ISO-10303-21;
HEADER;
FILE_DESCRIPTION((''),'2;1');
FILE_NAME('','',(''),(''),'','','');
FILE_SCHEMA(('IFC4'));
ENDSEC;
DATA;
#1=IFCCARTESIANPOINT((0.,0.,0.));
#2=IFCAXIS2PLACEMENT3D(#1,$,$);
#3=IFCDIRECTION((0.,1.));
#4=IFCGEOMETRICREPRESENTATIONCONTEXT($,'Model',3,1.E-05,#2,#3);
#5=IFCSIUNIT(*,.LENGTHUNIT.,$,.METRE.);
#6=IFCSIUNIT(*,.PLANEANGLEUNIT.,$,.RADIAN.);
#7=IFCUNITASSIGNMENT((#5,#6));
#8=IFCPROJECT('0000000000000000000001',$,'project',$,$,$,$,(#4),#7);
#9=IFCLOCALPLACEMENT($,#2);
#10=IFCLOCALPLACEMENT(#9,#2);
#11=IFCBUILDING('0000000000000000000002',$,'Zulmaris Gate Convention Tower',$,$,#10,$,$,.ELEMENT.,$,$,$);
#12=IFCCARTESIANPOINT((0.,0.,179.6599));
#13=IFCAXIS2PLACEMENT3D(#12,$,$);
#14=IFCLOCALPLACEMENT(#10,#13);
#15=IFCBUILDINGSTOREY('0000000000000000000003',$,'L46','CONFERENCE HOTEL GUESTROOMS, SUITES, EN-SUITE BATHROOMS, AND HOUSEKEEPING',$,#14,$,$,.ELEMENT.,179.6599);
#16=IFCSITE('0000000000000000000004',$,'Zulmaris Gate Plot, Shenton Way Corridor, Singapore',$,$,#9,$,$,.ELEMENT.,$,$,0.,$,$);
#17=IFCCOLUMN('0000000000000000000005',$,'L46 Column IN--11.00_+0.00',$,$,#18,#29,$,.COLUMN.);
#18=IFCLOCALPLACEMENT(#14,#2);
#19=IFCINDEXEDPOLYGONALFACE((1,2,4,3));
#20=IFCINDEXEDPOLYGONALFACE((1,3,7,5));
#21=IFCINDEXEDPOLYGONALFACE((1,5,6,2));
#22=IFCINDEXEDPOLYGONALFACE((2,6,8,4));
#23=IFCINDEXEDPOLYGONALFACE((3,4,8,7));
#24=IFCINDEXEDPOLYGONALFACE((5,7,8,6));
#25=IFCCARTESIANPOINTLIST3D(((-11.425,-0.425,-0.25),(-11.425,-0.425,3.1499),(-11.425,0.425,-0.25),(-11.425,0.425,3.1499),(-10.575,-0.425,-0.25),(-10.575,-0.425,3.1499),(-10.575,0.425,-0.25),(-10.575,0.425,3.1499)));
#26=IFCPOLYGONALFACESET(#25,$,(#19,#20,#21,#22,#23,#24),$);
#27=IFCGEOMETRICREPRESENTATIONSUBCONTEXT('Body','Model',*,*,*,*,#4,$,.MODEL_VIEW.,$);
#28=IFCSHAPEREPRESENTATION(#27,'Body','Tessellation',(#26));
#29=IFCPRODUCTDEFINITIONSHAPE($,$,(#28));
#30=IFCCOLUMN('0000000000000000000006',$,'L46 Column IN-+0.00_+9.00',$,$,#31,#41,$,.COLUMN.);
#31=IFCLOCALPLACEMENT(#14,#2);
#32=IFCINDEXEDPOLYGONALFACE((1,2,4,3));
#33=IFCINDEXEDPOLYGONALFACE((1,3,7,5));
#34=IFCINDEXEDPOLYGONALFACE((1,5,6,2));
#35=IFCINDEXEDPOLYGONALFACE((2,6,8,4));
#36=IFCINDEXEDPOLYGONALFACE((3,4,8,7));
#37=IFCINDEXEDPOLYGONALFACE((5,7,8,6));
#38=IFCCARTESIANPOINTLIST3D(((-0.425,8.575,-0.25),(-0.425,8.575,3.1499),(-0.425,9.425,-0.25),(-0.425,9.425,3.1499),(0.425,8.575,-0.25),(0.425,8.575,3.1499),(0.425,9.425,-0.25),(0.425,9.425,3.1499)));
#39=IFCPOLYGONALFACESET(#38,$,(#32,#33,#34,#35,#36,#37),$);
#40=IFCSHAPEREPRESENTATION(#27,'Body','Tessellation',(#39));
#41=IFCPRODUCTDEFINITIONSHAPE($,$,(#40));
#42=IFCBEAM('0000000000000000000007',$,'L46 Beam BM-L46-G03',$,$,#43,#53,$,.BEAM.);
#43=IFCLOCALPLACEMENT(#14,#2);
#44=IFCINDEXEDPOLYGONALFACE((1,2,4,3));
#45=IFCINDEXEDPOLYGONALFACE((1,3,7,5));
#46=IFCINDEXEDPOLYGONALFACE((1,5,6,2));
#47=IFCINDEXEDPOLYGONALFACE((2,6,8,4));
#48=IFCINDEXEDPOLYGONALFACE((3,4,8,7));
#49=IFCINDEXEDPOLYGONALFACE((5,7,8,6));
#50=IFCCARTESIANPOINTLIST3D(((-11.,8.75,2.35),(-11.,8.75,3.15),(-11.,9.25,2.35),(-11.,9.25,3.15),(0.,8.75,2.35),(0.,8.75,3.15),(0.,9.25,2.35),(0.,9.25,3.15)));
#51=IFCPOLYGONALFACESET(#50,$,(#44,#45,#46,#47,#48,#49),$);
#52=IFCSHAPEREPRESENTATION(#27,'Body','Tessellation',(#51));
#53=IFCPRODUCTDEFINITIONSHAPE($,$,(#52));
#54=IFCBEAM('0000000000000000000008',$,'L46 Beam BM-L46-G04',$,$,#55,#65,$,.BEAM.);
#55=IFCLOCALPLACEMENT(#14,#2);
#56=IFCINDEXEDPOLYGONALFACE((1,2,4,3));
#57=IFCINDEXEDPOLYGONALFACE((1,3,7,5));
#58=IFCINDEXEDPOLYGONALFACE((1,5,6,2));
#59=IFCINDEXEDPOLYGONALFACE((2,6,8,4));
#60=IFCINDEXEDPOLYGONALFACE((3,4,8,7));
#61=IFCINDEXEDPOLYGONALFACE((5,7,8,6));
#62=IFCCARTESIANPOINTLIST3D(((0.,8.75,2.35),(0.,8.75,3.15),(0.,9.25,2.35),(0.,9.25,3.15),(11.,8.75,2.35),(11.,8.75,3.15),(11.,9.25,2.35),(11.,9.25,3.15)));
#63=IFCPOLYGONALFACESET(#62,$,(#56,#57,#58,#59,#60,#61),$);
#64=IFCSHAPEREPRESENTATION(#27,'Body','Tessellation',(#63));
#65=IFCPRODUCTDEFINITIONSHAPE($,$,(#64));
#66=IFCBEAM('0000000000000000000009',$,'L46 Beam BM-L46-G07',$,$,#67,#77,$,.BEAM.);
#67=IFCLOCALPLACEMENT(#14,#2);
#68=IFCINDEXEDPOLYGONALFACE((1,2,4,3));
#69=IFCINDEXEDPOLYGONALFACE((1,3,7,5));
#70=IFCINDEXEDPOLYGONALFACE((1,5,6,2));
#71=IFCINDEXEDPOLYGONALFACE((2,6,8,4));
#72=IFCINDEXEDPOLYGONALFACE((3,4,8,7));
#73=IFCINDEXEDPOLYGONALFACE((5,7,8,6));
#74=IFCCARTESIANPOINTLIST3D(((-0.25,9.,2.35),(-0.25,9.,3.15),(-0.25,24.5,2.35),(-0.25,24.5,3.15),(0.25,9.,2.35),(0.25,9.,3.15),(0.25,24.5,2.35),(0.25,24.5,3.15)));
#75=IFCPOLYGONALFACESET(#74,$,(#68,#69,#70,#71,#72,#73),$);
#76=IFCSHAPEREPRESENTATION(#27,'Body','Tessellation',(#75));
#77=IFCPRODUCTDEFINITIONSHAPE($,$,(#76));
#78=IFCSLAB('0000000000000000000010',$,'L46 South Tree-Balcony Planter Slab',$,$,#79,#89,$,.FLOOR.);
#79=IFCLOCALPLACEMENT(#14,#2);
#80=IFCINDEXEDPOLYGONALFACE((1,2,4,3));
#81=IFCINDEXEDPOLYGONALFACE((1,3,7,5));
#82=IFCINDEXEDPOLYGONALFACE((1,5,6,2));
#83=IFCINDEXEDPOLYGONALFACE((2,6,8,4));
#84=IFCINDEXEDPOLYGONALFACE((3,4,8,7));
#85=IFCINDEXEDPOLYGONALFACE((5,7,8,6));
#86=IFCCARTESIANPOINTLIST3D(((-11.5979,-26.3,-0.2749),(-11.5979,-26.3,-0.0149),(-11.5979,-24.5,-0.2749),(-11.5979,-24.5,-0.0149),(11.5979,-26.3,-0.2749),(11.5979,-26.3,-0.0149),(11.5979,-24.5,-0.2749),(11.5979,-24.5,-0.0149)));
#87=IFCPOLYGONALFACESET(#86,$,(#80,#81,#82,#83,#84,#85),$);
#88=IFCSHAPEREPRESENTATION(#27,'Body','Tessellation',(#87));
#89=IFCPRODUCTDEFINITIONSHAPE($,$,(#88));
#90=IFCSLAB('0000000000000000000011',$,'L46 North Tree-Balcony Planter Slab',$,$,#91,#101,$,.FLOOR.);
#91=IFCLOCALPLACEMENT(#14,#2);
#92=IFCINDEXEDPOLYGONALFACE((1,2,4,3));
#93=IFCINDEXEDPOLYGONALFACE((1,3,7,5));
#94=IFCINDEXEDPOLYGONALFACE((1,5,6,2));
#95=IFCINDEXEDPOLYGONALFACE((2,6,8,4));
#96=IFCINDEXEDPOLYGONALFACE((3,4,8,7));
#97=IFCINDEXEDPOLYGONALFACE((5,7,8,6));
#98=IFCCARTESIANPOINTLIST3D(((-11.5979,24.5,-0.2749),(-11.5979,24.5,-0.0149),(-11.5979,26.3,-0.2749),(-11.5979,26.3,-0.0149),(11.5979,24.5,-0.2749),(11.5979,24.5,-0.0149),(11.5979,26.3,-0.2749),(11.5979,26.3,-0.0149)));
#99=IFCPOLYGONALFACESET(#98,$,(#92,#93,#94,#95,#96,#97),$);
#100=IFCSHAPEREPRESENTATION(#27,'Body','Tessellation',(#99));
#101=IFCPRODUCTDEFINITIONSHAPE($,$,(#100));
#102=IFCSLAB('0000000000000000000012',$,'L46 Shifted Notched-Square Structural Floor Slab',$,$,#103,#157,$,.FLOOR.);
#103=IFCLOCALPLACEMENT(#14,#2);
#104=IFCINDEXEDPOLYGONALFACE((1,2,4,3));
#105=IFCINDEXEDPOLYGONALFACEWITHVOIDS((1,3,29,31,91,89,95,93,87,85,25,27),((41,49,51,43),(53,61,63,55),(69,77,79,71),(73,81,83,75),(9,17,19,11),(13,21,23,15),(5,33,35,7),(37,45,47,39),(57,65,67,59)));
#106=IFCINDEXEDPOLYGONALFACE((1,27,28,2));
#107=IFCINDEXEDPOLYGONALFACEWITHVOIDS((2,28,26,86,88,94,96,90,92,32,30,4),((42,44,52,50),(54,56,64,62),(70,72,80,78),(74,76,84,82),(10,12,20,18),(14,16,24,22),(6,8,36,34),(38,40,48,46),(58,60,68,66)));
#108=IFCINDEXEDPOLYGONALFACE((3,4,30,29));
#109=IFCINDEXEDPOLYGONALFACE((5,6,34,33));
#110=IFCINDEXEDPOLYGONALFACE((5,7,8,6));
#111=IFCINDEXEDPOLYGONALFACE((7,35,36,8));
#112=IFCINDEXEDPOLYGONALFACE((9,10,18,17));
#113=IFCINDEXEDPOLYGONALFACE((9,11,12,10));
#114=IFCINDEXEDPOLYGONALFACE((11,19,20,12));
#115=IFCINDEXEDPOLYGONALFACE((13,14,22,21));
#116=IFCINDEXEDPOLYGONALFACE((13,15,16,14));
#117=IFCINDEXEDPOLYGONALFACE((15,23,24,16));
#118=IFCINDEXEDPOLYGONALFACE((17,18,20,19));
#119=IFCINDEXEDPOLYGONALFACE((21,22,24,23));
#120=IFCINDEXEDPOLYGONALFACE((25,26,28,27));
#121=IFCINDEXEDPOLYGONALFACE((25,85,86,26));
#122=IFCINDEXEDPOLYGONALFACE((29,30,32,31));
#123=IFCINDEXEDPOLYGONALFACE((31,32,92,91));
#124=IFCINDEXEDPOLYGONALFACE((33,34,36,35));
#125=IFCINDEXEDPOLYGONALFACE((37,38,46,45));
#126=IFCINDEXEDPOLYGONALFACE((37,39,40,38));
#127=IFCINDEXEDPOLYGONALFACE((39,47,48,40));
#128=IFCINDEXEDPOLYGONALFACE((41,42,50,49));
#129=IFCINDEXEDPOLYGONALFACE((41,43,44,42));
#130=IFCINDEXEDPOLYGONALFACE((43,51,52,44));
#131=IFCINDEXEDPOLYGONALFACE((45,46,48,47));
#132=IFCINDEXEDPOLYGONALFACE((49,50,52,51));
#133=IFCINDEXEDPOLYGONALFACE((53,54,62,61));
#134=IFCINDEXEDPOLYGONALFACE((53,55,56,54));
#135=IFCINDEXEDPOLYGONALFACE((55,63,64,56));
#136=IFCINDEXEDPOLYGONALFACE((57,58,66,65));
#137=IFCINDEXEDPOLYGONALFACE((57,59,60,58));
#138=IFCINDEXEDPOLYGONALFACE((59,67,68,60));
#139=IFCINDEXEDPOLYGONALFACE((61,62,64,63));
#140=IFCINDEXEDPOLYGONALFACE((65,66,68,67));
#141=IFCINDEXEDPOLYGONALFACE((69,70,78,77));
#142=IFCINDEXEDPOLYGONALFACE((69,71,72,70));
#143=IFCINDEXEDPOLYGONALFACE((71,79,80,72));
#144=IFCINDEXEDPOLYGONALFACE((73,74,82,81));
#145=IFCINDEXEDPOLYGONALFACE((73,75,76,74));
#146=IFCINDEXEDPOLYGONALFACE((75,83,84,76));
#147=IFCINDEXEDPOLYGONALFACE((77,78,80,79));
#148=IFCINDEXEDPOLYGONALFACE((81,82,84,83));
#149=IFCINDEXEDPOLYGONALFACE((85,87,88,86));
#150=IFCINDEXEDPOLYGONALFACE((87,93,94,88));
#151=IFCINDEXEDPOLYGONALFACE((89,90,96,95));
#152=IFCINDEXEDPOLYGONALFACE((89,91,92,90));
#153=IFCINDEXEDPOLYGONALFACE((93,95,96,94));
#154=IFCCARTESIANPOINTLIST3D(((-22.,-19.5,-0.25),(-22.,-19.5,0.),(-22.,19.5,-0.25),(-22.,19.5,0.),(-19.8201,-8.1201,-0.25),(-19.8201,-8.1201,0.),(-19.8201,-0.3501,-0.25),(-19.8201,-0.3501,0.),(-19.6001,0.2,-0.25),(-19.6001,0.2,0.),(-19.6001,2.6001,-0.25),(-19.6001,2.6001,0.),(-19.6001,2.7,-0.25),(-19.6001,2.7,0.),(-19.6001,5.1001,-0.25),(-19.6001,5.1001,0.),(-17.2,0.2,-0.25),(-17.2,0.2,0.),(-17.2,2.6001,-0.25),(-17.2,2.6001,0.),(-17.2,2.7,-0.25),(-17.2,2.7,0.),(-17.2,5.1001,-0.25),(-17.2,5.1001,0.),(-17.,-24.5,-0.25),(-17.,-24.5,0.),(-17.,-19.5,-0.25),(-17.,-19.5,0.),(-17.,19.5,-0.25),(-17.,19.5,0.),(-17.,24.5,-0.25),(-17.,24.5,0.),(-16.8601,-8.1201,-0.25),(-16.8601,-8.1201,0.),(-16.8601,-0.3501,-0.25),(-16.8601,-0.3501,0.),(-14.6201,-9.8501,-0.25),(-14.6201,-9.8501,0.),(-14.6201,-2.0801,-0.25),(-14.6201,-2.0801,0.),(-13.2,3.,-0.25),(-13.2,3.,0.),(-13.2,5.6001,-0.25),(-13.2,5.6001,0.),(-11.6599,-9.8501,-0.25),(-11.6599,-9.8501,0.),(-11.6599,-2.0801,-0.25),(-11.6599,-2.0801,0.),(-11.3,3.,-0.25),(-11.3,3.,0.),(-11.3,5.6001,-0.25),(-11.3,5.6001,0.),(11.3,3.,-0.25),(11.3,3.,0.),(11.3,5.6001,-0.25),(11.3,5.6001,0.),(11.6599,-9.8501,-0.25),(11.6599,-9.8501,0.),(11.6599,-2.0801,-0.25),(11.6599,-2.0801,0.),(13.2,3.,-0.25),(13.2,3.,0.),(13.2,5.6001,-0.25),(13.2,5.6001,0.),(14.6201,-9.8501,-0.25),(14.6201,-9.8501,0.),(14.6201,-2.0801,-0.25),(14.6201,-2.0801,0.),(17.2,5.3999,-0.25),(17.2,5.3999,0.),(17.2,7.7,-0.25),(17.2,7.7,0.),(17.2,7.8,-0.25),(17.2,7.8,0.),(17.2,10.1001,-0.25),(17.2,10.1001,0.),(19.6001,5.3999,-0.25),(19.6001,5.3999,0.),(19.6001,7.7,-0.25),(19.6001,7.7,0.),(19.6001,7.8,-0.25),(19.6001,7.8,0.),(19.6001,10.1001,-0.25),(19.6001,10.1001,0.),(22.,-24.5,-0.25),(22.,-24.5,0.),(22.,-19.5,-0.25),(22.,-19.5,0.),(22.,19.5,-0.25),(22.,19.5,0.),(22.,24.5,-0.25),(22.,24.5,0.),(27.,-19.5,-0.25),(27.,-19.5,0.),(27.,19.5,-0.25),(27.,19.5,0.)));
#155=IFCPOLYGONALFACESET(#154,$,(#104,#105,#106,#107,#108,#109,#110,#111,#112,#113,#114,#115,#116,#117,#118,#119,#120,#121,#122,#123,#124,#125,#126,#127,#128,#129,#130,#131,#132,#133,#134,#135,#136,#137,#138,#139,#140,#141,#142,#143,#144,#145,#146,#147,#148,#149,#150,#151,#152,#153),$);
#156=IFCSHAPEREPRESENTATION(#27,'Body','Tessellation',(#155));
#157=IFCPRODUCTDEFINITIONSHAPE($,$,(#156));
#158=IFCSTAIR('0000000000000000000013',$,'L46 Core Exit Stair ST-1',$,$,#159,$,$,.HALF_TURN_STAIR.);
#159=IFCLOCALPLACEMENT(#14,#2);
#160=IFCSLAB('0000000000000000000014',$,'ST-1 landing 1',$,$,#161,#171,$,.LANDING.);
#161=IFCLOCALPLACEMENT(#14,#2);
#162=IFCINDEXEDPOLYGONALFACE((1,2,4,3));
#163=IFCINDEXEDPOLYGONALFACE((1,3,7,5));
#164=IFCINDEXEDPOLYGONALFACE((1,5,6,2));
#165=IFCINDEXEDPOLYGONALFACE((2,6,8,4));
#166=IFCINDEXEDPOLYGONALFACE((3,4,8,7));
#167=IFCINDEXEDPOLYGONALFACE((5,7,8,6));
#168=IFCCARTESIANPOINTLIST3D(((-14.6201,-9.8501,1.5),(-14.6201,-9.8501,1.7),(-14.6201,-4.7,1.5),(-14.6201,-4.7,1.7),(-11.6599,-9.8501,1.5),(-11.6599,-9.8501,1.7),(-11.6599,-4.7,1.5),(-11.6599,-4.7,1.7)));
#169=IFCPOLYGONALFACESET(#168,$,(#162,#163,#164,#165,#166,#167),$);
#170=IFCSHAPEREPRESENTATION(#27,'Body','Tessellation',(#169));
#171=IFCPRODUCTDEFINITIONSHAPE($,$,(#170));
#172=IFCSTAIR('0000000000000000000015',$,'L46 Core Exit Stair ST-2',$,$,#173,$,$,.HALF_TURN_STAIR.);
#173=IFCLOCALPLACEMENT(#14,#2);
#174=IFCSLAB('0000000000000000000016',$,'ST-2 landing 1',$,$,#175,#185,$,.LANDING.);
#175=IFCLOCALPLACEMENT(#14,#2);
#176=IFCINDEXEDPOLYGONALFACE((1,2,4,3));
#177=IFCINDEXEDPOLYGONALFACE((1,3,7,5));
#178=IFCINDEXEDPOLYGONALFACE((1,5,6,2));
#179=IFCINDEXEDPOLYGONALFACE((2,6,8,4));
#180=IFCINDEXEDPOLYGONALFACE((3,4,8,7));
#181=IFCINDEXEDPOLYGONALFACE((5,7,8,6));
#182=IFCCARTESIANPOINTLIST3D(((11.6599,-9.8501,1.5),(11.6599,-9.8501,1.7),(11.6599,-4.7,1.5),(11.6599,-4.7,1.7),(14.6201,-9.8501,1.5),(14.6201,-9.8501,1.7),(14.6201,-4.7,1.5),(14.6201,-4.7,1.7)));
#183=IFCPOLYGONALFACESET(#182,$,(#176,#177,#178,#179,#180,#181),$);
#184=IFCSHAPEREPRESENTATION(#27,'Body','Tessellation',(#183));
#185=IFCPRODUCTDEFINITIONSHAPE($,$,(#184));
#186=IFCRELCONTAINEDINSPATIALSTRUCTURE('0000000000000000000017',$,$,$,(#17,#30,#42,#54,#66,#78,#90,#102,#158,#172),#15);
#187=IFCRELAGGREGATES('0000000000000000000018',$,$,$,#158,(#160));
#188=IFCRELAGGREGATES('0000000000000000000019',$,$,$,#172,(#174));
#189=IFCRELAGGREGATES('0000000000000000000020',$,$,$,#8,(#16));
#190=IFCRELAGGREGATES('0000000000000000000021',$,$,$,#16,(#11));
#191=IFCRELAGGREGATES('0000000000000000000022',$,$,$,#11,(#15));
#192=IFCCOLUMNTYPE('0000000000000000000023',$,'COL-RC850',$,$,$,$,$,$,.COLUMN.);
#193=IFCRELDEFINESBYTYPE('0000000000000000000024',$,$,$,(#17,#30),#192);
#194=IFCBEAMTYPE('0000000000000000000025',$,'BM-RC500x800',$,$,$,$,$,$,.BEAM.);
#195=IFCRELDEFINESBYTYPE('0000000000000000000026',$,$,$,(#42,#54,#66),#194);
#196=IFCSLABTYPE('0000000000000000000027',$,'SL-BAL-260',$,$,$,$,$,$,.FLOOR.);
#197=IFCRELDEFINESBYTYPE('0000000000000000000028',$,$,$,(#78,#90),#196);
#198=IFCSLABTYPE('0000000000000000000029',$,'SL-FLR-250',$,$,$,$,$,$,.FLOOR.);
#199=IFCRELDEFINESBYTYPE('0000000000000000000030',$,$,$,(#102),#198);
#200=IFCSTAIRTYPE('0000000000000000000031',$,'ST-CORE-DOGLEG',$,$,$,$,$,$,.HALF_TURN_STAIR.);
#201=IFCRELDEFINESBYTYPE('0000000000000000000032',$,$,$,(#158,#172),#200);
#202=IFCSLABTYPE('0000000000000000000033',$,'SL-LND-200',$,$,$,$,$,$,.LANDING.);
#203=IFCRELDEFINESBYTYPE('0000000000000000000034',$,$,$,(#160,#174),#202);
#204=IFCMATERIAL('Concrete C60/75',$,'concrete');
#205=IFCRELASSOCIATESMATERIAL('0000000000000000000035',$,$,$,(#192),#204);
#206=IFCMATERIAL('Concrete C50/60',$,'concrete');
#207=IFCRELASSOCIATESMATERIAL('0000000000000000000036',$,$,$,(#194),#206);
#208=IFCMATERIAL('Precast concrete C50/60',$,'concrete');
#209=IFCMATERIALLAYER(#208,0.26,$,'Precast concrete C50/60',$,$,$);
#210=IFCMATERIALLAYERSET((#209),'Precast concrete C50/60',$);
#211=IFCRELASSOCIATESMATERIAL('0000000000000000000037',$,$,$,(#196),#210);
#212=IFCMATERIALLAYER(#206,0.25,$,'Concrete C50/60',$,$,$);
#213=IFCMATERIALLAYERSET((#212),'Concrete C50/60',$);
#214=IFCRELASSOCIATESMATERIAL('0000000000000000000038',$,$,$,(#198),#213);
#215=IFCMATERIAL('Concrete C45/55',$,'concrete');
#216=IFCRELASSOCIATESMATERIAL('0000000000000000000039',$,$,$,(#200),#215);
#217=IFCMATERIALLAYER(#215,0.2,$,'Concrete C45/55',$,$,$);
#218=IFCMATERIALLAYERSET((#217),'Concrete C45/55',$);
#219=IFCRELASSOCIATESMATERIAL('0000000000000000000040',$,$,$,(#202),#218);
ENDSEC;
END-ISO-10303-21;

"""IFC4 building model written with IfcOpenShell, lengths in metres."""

from ifc_helpers import new_model, si_unit, direction, frame, origin, origin_2d, place, context, subcontext, project, spatial, polyline, rectangle, outline, extrude, material, layer, layer_set, material_profile, profile_set, type_object, element, aggregate, save


model = new_model("IFC4")

# Units and contexts
model_context = context("Model", 3, precision=1e-05, world=origin(), true_north=direction((0.0, 1.0)))
body_context = subcontext(model_context, "Body", "Model", "MODEL_VIEW")
ifc_project = project(units=[si_unit("LENGTHUNIT", "METRE"), si_unit("PLANEANGLEUNIT", "RADIAN")], contexts=[model_context])

# Site, building, storey
site_placement = place(None, origin())
site = spatial("IfcSite", under=ifc_project, at=site_placement, Name="Zulmaris Gate Plot, Shenton Way Corridor, Singapore", CompositionType="ELEMENT", RefElevation=0.0)
building_placement = place(site_placement, origin())
building = spatial("IfcBuilding", under=site, at=building_placement, Name="Zulmaris Gate Convention Tower", CompositionType="ELEMENT")
storey_placement = place(building_placement, frame((0.0, 0.0, 179.6599)))
storey = spatial("IfcBuildingStorey", under=building, at=storey_placement, Name="L46", Description="CONFERENCE HOTEL GUESTROOMS, SUITES, EN-SUITE BATHROOMS, AND HOUSEKEEPING", CompositionType="ELEMENT", Elevation=179.6599)

# Columns
ifc_material_1 = material(Name="Concrete C60/75", Category="concrete")
ifc_material_profile_1 = material_profile(ifc_material_1, rectangle(XDim=0.8501, YDim=0.8501, at=origin_2d()), Name="RC COL 850x850")
ifc_profile_set_1 = profile_set([ifc_material_profile_1], Name="Concrete C60/75")
column_type = type_object("IfcColumnType", Name="COL-RC850", PredefinedType="COLUMN", material=ifc_profile_set_1)
for number, where, z_axis, x_axis, name in (
    (1, (-11.0, 0.0, -0.25), (0.0, 0.0, 1.0), (1.0, 0.0, 0.0), "L46 Column IN--11.00_+0.00"),
    (2, (0.0, 9.0, -0.25), (0.0, 0.0, 1.0), (1.0, 0.0, 0.0), "L46 Column IN-+0.00_+9.00"),
):
    element("IfcColumn", number, at=place(storey_placement, frame(where, z_axis=z_axis, x_axis=x_axis)), inside=storey, type_object=column_type, Name=name, PredefinedType="COLUMN", context=body_context, shape_type="SweptSolid", body=[
        extrude(rectangle(XDim=0.8501, YDim=0.8501, at=origin_2d()), origin(), (0.0, 0.0, 1.0), 3.3999),
    ])

# Beams
ifc_material_2 = material(Name="Concrete C50/60", Category="concrete")
ifc_material_profile_2 = material_profile(ifc_material_2, rectangle(XDim=0.5, YDim=0.8, at=origin_2d()), Name="RC BEAM 500x800")
ifc_profile_set_2 = profile_set([ifc_material_profile_2], Name="Concrete C50/60")
beam_type = type_object("IfcBeamType", Name="BM-RC500x800", PredefinedType="BEAM", material=ifc_profile_set_2)
for number, where, z_axis, x_axis, name in (
    (3, (-11.0, 9.0, 2.75), (1.0, 0.0, 0.0), (0.0, 1.0, 0.0), "L46 Beam BM-L46-G03"),
    (4, (0.0, 9.0, 2.75), (1.0, 0.0, 0.0), (0.0, 1.0, 0.0), "L46 Beam BM-L46-G04"),
):
    element("IfcBeam", number, at=place(storey_placement, frame(where, z_axis=z_axis, x_axis=x_axis)), inside=storey, type_object=beam_type, Name=name, PredefinedType="BEAM", context=body_context, shape_type="SweptSolid", body=[
        extrude(rectangle(XDim=0.5, YDim=0.8, at=origin_2d()), origin(), (0.0, 0.0, 1.0), 11.0),
    ])
beam_placement = place(storey_placement, frame((0.0, 9.0, 2.75), z_axis=(0.0, 1.0, 0.0), x_axis=(-1.0, 0.0, 0.0)))
element("IfcBeam", 5, at=beam_placement, inside=storey, type_object=beam_type, Name="L46 Beam BM-L46-G07", PredefinedType="BEAM", context=body_context, shape_type="SweptSolid", body=[
    extrude(rectangle(XDim=0.5, YDim=0.8, at=origin_2d()), origin(), (0.0, 0.0, 1.0), 15.5),
])

# Slabs
ifc_material_3 = material(Name="Precast concrete C50/60", Category="concrete")
ifc_layer_1 = layer(ifc_material_3, 0.26, Name="Precast concrete C50/60")
ifc_layer_set_1 = layer_set([ifc_layer_1], Name="Precast concrete C50/60")
slab_type_1 = type_object("IfcSlabType", Name="SL-BAL-260", PredefinedType="FLOOR", material=ifc_layer_set_1)
slab_1_placement = place(storey_placement, frame((0.0, 0.0, -0.2749)))
element("IfcSlab", 6, at=slab_1_placement, inside=storey, type_object=slab_type_1, Name="L46 South Tree-Balcony Planter Slab", PredefinedType="FLOOR", context=body_context, shape_type="SweptSolid", body=[
    extrude(outline(polyline([(-11.5979, -26.3), (-11.5979, -24.5), (11.5979, -24.5), (11.5979, -26.3), (-11.5979, -26.3)])), origin(), (0.0, 0.0, 1.0), 0.26),
])
slab_2_placement = place(storey_placement, frame((0.0, 0.0, -0.2749)))
element("IfcSlab", 7, at=slab_2_placement, inside=storey, type_object=slab_type_1, Name="L46 North Tree-Balcony Planter Slab", PredefinedType="FLOOR", context=body_context, shape_type="SweptSolid", body=[
    extrude(outline(polyline([(11.5979, 26.3), (11.5979, 24.5), (-11.5979, 24.5), (-11.5979, 26.3), (11.5979, 26.3)])), origin(), (0.0, 0.0, 1.0), 0.26),
])
ifc_layer_2 = layer(ifc_material_2, 0.25, Name="Concrete C50/60")
ifc_layer_set_2 = layer_set([ifc_layer_2], Name="Concrete C50/60")
slab_type_2 = type_object("IfcSlabType", Name="SL-FLR-250", PredefinedType="FLOOR", material=ifc_layer_set_2)
slab_3_placement = place(storey_placement, frame((0.0, 0.0, -0.25)))
element("IfcSlab", 8, at=slab_3_placement, inside=storey, type_object=slab_type_2, Name="L46 Shifted Notched-Square Structural Floor Slab", PredefinedType="FLOOR", context=body_context, shape_type="SweptSolid", body=[
    extrude(outline(polyline([(-17.0, -24.5), (22.0, -24.5), (22.0, -19.5), (27.0, -19.5), (27.0, 19.5), (22.0, 19.5), (22.0, 24.5), (-17.0, 24.5), (-17.0, 19.5), (-22.0, 19.5), (-22.0, -19.5), (-17.0, -19.5), (-17.0, -24.5)]), holes=[polyline([(-14.6201, -2.0801), (-14.6201, -9.8501), (-11.6599, -9.8501), (-11.6599, -2.0801), (-14.6201, -2.0801)]), polyline([(11.6599, -2.0801), (11.6599, -9.8501), (14.6201, -9.8501), (14.6201, -2.0801), (11.6599, -2.0801)]), polyline([(-16.8601, -8.1201), (-16.8601, -0.3501), (-19.8201, -0.3501), (-19.8201, -8.1201), (-16.8601, -8.1201)]), polyline([(-13.2, 3.0), (-11.3, 3.0), (-11.3, 5.6001), (-13.2, 5.6001), (-13.2, 3.0)]), polyline([(11.3, 3.0), (13.2, 3.0), (13.2, 5.6001), (11.3, 5.6001), (11.3, 3.0)]), polyline([(17.2, 5.3999), (19.6001, 5.3999), (19.6001, 7.7), (17.2, 7.7), (17.2, 5.3999)]), polyline([(17.2, 7.8), (19.6001, 7.8), (19.6001, 10.1001), (17.2, 10.1001), (17.2, 7.8)]), polyline([(-19.6001, 0.2), (-17.2, 0.2), (-17.2, 2.6001), (-19.6001, 2.6001), (-19.6001, 0.2)]), polyline([(-19.6001, 2.7), (-17.2, 2.7), (-17.2, 5.1001), (-19.6001, 5.1001), (-19.6001, 2.7)])]), origin(), (0.0, 0.0, 1.0), 0.25),
])

# Stairs, slabs
ifc_material_4 = material(Name="Concrete C45/55", Category="concrete")
stair_type = type_object("IfcStairType", Name="ST-CORE-DOGLEG", PredefinedType="HALF_TURN_STAIR", material=ifc_material_4)
stair_1_placement = place(storey_placement, origin())
stair_1 = element("IfcStair", 9, at=stair_1_placement, inside=storey, type_object=stair_type, Name="L46 Core Exit Stair ST-1", PredefinedType="HALF_TURN_STAIR")
ifc_layer_3 = layer(ifc_material_4, 0.2, Name="Concrete C45/55")
ifc_layer_set_3 = layer_set([ifc_layer_3], Name="Concrete C45/55")
slab_type_3 = type_object("IfcSlabType", Name="SL-LND-200", PredefinedType="LANDING", material=ifc_layer_set_3)
slab_4_placement = place(storey_placement, frame((0.0, 0.0, 1.5)))
slab_4 = element("IfcSlab", 10, at=slab_4_placement, type_object=slab_type_3, Name="ST-1 landing 1", PredefinedType="LANDING", context=body_context, shape_type="SweptSolid", body=[
    extrude(outline(polyline([(-14.6201, -4.7), (-14.6201, -9.8501), (-11.6599, -9.8501), (-11.6599, -4.7), (-14.6201, -4.7)])), origin(), (0.0, 0.0, 1.0), 0.2),
])
aggregate(stair_1, [slab_4])
stair_2_placement = place(storey_placement, origin())
stair_2 = element("IfcStair", 11, at=stair_2_placement, inside=storey, type_object=stair_type, Name="L46 Core Exit Stair ST-2", PredefinedType="HALF_TURN_STAIR")
slab_5_placement = place(storey_placement, frame((0.0, 0.0, 1.5)))
slab_5 = element("IfcSlab", 12, at=slab_5_placement, type_object=slab_type_3, Name="ST-2 landing 1", PredefinedType="LANDING", context=body_context, shape_type="SweptSolid", body=[
    extrude(outline(polyline([(11.6599, -4.7), (11.6599, -9.8501), (14.6201, -9.8501), (14.6201, -4.7), (11.6599, -4.7)])), origin(), (0.0, 0.0, 1.0), 0.2),
])
aggregate(stair_2, [slab_5])

save(model, "model.ifc")
